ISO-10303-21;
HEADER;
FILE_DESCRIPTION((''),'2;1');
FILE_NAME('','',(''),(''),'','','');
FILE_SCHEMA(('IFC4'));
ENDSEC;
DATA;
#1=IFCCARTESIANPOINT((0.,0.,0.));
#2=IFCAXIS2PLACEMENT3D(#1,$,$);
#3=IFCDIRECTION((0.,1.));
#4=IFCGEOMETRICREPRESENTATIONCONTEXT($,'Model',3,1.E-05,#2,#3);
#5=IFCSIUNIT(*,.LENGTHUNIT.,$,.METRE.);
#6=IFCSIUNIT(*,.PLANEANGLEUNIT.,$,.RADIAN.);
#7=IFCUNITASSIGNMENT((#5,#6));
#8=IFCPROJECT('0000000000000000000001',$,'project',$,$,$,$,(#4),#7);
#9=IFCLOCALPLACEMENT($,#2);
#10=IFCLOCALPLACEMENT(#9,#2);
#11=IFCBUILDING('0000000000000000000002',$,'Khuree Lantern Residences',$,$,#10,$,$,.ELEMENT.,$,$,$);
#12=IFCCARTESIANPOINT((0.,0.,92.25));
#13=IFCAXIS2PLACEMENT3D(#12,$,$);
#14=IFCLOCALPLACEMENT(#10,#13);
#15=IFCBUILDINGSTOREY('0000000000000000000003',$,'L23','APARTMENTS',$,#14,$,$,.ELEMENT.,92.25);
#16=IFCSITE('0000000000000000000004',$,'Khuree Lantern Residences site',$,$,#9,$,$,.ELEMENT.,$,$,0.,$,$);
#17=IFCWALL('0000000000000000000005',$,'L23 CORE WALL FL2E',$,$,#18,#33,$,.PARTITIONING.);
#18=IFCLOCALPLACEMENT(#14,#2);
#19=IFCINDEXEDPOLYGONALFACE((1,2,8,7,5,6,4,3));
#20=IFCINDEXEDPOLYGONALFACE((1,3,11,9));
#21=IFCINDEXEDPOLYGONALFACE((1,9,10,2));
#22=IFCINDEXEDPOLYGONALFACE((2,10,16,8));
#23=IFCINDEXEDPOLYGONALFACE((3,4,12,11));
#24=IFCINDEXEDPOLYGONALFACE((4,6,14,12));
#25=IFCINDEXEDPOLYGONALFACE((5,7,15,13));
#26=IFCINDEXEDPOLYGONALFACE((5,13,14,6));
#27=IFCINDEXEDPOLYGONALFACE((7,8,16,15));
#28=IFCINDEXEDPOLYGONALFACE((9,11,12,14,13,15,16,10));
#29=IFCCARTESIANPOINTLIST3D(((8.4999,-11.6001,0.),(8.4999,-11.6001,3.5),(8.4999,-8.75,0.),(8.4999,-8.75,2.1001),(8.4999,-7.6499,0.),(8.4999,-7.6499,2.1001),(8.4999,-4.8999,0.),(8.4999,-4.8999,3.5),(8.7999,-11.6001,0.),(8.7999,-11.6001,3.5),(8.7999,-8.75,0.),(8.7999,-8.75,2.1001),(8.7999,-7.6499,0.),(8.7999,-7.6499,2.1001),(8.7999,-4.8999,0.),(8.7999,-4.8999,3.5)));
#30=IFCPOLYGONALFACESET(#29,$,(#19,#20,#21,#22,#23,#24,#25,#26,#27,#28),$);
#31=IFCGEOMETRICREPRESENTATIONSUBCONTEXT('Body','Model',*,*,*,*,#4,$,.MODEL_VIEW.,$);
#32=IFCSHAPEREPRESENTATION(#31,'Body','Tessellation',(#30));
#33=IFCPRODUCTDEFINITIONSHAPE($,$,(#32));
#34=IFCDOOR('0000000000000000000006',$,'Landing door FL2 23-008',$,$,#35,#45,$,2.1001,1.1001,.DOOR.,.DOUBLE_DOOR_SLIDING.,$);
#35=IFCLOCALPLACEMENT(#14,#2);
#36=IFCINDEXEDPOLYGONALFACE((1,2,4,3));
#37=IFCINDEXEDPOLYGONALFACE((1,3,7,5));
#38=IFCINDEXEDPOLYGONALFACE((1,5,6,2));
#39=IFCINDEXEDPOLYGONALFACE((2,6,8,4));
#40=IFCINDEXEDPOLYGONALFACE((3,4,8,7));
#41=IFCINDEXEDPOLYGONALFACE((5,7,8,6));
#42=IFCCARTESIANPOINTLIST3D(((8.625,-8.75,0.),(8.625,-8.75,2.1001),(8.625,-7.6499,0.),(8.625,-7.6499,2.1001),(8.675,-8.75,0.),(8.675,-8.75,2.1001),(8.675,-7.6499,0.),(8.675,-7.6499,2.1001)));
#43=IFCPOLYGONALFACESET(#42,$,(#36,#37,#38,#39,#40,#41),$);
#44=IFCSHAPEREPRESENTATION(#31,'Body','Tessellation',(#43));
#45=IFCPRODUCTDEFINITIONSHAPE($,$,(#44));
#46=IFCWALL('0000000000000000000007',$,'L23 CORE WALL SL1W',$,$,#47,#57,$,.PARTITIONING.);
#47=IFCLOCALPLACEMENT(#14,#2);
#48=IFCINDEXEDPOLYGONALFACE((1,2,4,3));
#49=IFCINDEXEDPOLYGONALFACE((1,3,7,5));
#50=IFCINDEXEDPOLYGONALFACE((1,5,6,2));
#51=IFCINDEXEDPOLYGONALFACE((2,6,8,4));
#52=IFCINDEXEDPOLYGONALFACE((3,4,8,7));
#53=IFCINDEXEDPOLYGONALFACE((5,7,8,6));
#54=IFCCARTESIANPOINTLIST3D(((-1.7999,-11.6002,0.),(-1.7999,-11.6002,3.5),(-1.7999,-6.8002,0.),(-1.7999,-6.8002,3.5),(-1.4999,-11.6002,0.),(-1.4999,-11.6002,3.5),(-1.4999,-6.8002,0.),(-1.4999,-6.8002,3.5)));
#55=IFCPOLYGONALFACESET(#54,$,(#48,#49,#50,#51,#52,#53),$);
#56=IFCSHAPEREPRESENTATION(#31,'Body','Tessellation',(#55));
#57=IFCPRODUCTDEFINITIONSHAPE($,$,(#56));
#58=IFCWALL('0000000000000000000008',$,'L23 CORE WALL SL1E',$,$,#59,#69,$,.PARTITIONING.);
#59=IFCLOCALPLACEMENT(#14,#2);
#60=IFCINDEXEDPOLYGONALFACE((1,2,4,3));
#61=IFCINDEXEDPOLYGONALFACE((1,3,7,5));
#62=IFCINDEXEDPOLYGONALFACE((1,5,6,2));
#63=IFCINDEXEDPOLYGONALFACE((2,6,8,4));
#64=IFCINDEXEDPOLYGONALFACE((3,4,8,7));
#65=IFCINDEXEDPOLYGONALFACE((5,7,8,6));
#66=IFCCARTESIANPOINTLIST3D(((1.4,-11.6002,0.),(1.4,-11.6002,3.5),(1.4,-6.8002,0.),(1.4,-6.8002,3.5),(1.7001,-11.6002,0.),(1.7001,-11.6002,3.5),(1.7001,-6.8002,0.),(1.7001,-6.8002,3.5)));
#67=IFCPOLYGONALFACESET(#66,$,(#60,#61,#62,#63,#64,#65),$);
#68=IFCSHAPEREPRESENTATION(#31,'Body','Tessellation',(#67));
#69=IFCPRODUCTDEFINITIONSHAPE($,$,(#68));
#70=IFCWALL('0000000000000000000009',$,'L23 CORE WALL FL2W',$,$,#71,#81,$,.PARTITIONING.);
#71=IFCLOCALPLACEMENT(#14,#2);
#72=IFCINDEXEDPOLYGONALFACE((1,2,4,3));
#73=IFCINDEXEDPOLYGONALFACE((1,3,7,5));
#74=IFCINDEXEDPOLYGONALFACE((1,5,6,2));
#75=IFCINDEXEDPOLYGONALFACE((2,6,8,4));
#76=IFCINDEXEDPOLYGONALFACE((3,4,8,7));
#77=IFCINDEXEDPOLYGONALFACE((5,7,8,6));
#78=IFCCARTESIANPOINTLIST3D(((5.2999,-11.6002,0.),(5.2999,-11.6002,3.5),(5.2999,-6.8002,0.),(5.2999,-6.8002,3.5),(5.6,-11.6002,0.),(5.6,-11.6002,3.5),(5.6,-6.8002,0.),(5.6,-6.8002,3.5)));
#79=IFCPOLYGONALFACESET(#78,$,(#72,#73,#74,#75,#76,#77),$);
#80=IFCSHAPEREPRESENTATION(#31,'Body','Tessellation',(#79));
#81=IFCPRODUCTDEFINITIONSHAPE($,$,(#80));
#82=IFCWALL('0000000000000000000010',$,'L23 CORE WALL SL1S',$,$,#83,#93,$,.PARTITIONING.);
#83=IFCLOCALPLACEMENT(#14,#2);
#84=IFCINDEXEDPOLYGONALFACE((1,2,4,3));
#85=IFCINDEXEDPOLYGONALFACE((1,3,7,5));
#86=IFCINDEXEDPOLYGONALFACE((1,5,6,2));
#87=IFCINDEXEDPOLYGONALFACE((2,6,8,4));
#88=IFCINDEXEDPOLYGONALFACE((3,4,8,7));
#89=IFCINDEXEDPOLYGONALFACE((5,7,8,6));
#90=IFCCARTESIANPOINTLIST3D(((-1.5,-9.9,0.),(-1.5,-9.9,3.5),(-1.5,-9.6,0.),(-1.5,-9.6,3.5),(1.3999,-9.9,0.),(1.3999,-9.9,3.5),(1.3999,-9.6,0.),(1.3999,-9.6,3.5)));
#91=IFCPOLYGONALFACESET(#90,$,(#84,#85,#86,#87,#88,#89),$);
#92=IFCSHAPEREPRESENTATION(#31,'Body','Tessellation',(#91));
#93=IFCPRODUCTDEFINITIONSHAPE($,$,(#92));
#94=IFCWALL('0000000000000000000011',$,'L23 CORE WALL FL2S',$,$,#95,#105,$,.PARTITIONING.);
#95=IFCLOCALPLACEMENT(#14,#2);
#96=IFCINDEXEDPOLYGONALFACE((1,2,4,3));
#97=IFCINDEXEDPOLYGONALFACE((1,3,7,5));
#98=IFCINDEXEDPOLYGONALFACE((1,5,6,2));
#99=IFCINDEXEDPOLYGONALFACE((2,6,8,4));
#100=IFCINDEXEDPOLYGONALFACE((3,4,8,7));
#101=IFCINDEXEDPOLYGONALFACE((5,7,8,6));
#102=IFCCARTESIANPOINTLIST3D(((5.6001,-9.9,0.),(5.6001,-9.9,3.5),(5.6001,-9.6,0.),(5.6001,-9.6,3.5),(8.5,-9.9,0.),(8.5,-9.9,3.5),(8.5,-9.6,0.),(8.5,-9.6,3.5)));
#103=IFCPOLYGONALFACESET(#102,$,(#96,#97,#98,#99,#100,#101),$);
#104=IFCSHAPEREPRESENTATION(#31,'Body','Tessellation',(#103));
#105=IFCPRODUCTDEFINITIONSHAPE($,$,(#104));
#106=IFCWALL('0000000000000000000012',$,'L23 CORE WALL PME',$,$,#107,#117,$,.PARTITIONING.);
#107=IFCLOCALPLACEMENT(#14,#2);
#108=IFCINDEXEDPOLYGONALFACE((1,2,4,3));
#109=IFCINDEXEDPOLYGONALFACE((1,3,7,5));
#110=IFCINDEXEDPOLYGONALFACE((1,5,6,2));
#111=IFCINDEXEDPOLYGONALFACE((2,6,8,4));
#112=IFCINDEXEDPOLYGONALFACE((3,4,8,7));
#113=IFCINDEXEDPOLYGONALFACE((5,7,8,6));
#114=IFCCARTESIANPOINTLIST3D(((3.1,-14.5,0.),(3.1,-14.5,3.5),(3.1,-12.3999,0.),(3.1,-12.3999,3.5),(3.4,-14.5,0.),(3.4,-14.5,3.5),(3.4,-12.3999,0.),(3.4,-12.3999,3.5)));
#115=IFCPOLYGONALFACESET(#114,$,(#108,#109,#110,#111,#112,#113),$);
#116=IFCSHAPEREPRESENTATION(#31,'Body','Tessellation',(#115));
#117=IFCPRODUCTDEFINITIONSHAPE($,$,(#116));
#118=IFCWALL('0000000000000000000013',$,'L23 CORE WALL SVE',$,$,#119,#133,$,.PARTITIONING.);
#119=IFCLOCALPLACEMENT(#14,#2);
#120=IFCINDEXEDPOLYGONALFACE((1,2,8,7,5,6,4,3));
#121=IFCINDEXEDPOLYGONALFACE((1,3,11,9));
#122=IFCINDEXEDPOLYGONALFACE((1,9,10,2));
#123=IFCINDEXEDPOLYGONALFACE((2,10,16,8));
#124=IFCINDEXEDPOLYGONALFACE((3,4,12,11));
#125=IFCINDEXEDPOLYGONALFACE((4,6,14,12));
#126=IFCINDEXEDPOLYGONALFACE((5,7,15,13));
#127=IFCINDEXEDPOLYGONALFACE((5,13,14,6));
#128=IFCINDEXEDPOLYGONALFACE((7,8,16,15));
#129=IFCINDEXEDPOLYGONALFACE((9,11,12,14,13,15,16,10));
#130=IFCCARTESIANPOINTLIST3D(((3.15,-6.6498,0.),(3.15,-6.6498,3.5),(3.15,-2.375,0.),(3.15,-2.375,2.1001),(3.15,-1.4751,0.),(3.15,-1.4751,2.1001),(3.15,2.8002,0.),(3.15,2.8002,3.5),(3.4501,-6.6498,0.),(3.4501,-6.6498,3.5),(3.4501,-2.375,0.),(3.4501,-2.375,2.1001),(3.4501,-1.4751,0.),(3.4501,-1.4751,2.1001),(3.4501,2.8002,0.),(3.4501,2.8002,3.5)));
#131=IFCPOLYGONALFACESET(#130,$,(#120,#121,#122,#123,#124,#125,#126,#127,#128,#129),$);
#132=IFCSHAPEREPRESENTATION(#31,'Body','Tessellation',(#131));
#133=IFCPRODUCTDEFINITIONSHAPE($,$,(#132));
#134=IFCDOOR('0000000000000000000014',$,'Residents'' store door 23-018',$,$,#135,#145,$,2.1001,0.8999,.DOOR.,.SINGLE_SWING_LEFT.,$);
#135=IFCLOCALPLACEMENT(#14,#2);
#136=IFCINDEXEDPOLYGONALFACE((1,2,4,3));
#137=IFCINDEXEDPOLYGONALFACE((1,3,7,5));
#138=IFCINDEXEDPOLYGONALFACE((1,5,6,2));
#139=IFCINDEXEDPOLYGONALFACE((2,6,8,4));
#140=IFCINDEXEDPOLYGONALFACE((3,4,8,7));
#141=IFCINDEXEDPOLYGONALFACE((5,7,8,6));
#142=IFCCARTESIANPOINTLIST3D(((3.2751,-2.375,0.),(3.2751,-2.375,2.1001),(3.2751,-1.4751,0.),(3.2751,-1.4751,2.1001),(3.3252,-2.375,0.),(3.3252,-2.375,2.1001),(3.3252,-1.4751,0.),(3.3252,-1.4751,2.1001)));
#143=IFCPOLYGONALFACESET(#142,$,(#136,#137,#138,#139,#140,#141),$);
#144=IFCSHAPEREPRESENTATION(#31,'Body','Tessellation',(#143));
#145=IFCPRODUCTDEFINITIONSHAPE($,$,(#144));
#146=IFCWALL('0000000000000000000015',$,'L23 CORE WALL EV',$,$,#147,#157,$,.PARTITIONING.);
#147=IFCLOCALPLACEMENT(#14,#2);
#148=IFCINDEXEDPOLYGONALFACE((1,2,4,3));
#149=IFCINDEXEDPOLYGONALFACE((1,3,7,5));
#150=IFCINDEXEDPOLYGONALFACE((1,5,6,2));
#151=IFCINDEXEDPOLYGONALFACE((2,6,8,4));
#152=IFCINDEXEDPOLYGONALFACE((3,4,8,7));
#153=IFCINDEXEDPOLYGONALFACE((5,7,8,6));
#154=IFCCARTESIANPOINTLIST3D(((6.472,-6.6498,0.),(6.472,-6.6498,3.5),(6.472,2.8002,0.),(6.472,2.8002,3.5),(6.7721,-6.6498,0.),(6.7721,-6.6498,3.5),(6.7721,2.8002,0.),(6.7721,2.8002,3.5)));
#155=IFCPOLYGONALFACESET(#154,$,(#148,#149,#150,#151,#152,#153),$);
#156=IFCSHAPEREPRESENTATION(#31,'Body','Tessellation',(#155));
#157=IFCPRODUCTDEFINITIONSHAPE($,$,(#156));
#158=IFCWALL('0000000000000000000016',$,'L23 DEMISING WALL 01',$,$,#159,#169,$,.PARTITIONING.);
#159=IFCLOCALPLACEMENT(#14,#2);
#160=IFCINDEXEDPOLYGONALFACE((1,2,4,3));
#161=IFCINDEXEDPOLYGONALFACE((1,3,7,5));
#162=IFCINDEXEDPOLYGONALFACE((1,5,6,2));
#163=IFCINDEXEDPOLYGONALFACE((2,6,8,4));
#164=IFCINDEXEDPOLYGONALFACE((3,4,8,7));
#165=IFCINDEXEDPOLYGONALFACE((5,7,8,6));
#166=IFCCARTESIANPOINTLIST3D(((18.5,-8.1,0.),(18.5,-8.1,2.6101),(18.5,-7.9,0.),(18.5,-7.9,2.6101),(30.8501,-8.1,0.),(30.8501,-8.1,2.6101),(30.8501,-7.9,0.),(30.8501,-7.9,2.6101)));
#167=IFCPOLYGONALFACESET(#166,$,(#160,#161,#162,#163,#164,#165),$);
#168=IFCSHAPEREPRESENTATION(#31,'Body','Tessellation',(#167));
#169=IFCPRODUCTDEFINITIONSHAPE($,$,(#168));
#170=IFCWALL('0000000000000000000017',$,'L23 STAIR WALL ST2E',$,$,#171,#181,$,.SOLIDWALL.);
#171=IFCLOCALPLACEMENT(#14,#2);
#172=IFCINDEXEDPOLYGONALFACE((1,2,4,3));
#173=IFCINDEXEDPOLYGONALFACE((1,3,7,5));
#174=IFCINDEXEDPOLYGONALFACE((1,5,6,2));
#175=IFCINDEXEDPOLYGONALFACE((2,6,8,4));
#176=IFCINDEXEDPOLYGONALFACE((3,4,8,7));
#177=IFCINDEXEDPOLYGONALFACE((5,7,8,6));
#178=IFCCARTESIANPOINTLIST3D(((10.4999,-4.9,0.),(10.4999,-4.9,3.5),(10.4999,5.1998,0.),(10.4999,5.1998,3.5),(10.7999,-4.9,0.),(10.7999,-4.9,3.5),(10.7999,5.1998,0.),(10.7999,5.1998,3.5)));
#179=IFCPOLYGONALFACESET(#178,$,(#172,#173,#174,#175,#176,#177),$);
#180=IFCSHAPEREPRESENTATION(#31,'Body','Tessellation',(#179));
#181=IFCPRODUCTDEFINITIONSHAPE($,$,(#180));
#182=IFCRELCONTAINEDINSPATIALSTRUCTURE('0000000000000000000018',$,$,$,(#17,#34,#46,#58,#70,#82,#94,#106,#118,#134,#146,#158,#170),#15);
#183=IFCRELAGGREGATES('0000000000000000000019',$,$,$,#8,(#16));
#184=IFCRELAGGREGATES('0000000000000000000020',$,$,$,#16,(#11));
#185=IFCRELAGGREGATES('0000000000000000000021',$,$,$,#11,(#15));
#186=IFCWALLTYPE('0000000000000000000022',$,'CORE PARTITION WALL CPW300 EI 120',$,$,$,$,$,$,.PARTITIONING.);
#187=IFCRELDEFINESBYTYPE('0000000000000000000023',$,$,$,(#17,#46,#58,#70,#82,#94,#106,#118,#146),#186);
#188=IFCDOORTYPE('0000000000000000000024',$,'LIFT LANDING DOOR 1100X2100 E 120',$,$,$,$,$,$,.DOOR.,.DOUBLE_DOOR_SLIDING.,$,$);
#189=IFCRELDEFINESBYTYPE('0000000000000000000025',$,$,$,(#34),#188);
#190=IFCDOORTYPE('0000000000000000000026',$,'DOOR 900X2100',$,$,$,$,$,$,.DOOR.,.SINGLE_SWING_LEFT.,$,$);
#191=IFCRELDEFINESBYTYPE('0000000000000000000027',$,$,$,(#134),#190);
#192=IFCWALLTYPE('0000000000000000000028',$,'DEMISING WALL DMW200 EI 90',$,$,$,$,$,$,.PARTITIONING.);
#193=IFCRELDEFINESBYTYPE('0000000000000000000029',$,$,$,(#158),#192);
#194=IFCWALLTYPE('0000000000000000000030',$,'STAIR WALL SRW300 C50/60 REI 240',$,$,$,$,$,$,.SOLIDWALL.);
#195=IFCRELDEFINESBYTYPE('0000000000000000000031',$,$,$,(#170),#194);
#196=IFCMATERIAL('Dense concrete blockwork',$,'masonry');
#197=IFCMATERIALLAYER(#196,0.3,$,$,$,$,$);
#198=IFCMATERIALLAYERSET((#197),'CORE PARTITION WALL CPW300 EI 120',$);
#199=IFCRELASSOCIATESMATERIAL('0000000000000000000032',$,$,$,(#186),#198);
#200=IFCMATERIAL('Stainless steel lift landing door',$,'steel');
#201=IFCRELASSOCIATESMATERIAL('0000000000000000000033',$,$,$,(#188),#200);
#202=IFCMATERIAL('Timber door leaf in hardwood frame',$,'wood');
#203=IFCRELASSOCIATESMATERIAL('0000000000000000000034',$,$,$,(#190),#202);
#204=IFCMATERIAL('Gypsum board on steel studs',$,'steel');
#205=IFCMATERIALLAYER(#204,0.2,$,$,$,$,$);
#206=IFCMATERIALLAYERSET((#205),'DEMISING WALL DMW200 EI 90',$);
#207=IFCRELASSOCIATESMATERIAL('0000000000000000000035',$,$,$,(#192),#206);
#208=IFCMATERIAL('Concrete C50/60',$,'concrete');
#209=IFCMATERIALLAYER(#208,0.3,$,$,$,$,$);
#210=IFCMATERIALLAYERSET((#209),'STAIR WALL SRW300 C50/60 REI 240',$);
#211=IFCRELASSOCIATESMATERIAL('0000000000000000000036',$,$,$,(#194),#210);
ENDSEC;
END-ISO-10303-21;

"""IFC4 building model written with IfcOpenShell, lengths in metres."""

from ifc_helpers import new_model, si_unit, direction, frame, frame_2d, origin, place, context, subcontext, project, spatial, rectangle, extrude, material, layer, layer_set, type_object, element, fill, save


model = new_model("IFC4")

# Units and contexts
model_context = context("Model", 3, precision=1e-05, world=origin(), true_north=direction((0.0, 1.0)))
body_context = subcontext(model_context, "Body", "Model", "MODEL_VIEW")
ifc_project = project(units=[si_unit("LENGTHUNIT", "METRE"), si_unit("PLANEANGLEUNIT", "RADIAN")], contexts=[model_context])

# Site, building, storey
site_placement = place(None, origin())
site = spatial("IfcSite", under=ifc_project, at=site_placement, Name="Khuree Lantern Residences site", CompositionType="ELEMENT", RefElevation=0.0)
building_placement = place(site_placement, origin())
building = spatial("IfcBuilding", under=site, at=building_placement, Name="Khuree Lantern Residences", CompositionType="ELEMENT")
storey_placement = place(building_placement, frame((0.0, 0.0, 92.25)))
storey = spatial("IfcBuildingStorey", under=building, at=storey_placement, Name="L23", Description="APARTMENTS", CompositionType="ELEMENT", Elevation=92.25)

# Wall, opening, door
ifc_material_1 = material(Name="Dense concrete blockwork", Category="masonry")
ifc_layer_1 = layer(ifc_material_1, 0.3)
ifc_layer_set_1 = layer_set([ifc_layer_1], Name="CORE PARTITION WALL CPW300 EI 120")
wall_type_1 = type_object("IfcWallType", Name="CORE PARTITION WALL CPW300 EI 120", PredefinedType="PARTITIONING", material=ifc_layer_set_1)
wall_1_placement = place(storey_placement, frame((8.6499, -11.6001, 0.0), z_axis=(0.0, 0.0, 1.0), x_axis=(0.0, 1.0, 0.0)))
wall_1 = element("IfcWall", 1, at=wall_1_placement, inside=storey, type_object=wall_type_1, Name="L23 CORE WALL FL2E", PredefinedType="PARTITIONING", context=body_context, shape_type="SweptSolid", body=[
    extrude(rectangle(XDim=6.7002, YDim=0.3, at=frame_2d((3.3501, 0.0))), origin(), (0.0, 0.0, 1.0), 3.5),
])
opening_1_placement = place(wall_1_placement, frame((2.8501, 0.0, 0.0)))
opening_1 = element("IfcOpeningElement", 2, at=opening_1_placement, cuts=wall_1, PredefinedType="OPENING", context=body_context, shape_type="SweptSolid", body=[
    extrude(rectangle(XDim=1.1001, YDim=2.1001, at=frame_2d((0.55, 1.05))), frame((0.0, 0.1602, 0.0), z_axis=(0.0, -1.0, 0.0), x_axis=(1.0, 0.0, 0.0)), (0.0, 0.0, 1.0), 0.3201),
])
ifc_material_2 = material(Name="Stainless steel lift landing door", Category="steel")
door_type_1 = type_object("IfcDoorType", Name="LIFT LANDING DOOR 1100X2100 E 120", OperationType="DOUBLE_DOOR_SLIDING", PredefinedType="DOOR", material=ifc_material_2)
door_1_placement = place(opening_1_placement, origin())
door_1 = element("IfcDoor", 3, at=door_1_placement, inside=storey, type_object=door_type_1, Name="Landing door FL2 23-008", OperationType="DOUBLE_DOOR_SLIDING", OverallHeight=2.1001, OverallWidth=1.1001, PredefinedType="DOOR", context=body_context, shape_type="SweptSolid", body=[
    extrude(rectangle(XDim=1.1001, YDim=2.1001, at=frame_2d((0.55, 1.05))), frame((0.0, 0.0249, 0.0), z_axis=(0.0, -1.0, 0.0), x_axis=(1.0, 0.0, 0.0)), (0.0, 0.0, 1.0), 0.05),
])
fill(opening_1, door_1)

# Walls
for number, where, z_axis, x_axis, name in (
    (4, (-1.6499, -11.6001, 0.0), (0.0, 0.0, 1.0), (0.0, 1.0, 0.0), "L23 CORE WALL SL1W"),
    (5, (1.55, -11.6001, 0.0), (0.0, 0.0, 1.0), (0.0, 1.0, 0.0), "L23 CORE WALL SL1E"),
    (6, (5.45, -11.6001, 0.0), (0.0, 0.0, 1.0), (0.0, 1.0, 0.0), "L23 CORE WALL FL2W"),
):
    element("IfcWall", number, at=place(storey_placement, frame(where, z_axis=z_axis, x_axis=x_axis)), inside=storey, type_object=wall_type_1, Name=name, PredefinedType="PARTITIONING", context=body_context, shape_type="SweptSolid", body=[
        extrude(rectangle(XDim=4.8, YDim=0.3, at=frame_2d((2.3999, 0.0))), origin(), (0.0, 0.0, 1.0), 3.5),
    ])
for number, where, z_axis, x_axis, name in (
    (7, (-1.5, -9.75, 0.0), (0.0, 0.0, 1.0), (1.0, 0.0, 0.0), "L23 CORE WALL SL1S"),
    (8, (5.6001, -9.75, 0.0), (0.0, 0.0, 1.0), (1.0, 0.0, 0.0), "L23 CORE WALL FL2S"),
):
    element("IfcWall", number, at=place(storey_placement, frame(where, z_axis=z_axis, x_axis=x_axis)), inside=storey, type_object=wall_type_1, Name=name, PredefinedType="PARTITIONING", context=body_context, shape_type="SweptSolid", body=[
        extrude(rectangle(XDim=2.8999, YDim=0.3, at=frame_2d((1.45, 0.0))), origin(), (0.0, 0.0, 1.0), 3.5),
    ])
wall_2_placement = place(storey_placement, frame((3.25, -14.5, 0.0), z_axis=(0.0, 0.0, 1.0), x_axis=(0.0, 1.0, 0.0)))
element("IfcWall", 9, at=wall_2_placement, inside=storey, type_object=wall_type_1, Name="L23 CORE WALL PME", PredefinedType="PARTITIONING", context=body_context, shape_type="SweptSolid", body=[
    extrude(rectangle(XDim=2.1001, YDim=0.3, at=frame_2d((1.05, 0.0))), origin(), (0.0, 0.0, 1.0), 3.5),
])

# Wall, opening, door
wall_3_placement = place(storey_placement, frame((3.3, -6.6499, 0.0), z_axis=(0.0, 0.0, 1.0), x_axis=(0.0, 1.0, 0.0)))
wall_3 = element("IfcWall", 10, at=wall_3_placement, inside=storey, type_object=wall_type_1, Name="L23 CORE WALL SVE", PredefinedType="PARTITIONING", context=body_context, shape_type="SweptSolid", body=[
    extrude(rectangle(XDim=9.45, YDim=0.3, at=frame_2d((4.7251, 0.0))), origin(), (0.0, 0.0, 1.0), 3.5),
])
opening_2_placement = place(wall_3_placement, frame((4.2749, 0.0, 0.0)))
opening_2 = element("IfcOpeningElement", 11, at=opening_2_placement, cuts=wall_3, PredefinedType="OPENING", context=body_context, shape_type="SweptSolid", body=[
    extrude(rectangle(XDim=0.8999, YDim=2.1001, at=frame_2d((0.45, 1.05))), frame((0.0, 0.1602, 0.0), z_axis=(0.0, -1.0, 0.0), x_axis=(1.0, 0.0, 0.0)), (0.0, 0.0, 1.0), 0.3201),
])
ifc_material_3 = material(Name="Timber door leaf in hardwood frame", Category="wood")
door_type_2 = type_object("IfcDoorType", Name="DOOR 900X2100", OperationType="SINGLE_SWING_LEFT", PredefinedType="DOOR", material=ifc_material_3)
door_2_placement = place(opening_2_placement, origin())
door_2 = element("IfcDoor", 12, at=door_2_placement, inside=storey, type_object=door_type_2, Name="Residents' store door 23-018", OperationType="SINGLE_SWING_LEFT", OverallHeight=2.1001, OverallWidth=0.8999, PredefinedType="DOOR", context=body_context, shape_type="SweptSolid", body=[
    extrude(rectangle(XDim=0.8999, YDim=2.1001, at=frame_2d((0.45, 1.05))), frame((0.0, 0.0249, 0.0), z_axis=(0.0, -1.0, 0.0), x_axis=(1.0, 0.0, 0.0)), (0.0, 0.0, 1.0), 0.05),
])
fill(opening_2, door_2)

# Walls
wall_4_placement = place(storey_placement, frame((6.6221, -6.6499, 0.0), z_axis=(0.0, 0.0, 1.0), x_axis=(0.0, 1.0, 0.0)))
element("IfcWall", 13, at=wall_4_placement, inside=storey, type_object=wall_type_1, Name="L23 CORE WALL EV", PredefinedType="PARTITIONING", context=body_context, shape_type="SweptSolid", body=[
    extrude(rectangle(XDim=9.45, YDim=0.3, at=frame_2d((4.7251, 0.0))), origin(), (0.0, 0.0, 1.0), 3.5),
])
ifc_material_4 = material(Name="Gypsum board on steel studs", Category="steel")
ifc_layer_2 = layer(ifc_material_4, 0.2)
ifc_layer_set_2 = layer_set([ifc_layer_2], Name="DEMISING WALL DMW200 EI 90")
wall_type_2 = type_object("IfcWallType", Name="DEMISING WALL DMW200 EI 90", PredefinedType="PARTITIONING", material=ifc_layer_set_2)
wall_5_placement = place(storey_placement, frame((18.5, -8.0, 0.0), z_axis=(0.0, 0.0, 1.0), x_axis=(1.0, 0.0, 0.0)))
element("IfcWall", 14, at=wall_5_placement, inside=storey, type_object=wall_type_2, Name="L23 DEMISING WALL 01", PredefinedType="PARTITIONING", context=body_context, shape_type="SweptSolid", body=[
    extrude(rectangle(XDim=12.3501, YDim=0.2, at=frame_2d((6.175, 0.0))), origin(), (0.0, 0.0, 1.0), 2.6101),
])
ifc_material_5 = material(Name="Concrete C50/60", Category="concrete")
ifc_layer_3 = layer(ifc_material_5, 0.3)
ifc_layer_set_3 = layer_set([ifc_layer_3], Name="STAIR WALL SRW300 C50/60 REI 240")
wall_type_3 = type_object("IfcWallType", Name="STAIR WALL SRW300 C50/60 REI 240", PredefinedType="SOLIDWALL", material=ifc_layer_set_3)
wall_6_placement = place(storey_placement, frame((10.6499, -4.8999, 0.0), z_axis=(0.0, 0.0, 1.0), x_axis=(0.0, 1.0, 0.0)))
element("IfcWall", 15, at=wall_6_placement, inside=storey, type_object=wall_type_3, Name="L23 STAIR WALL ST2E", PredefinedType="SOLIDWALL", context=body_context, shape_type="SweptSolid", body=[
    extrude(rectangle(XDim=10.0999, YDim=0.3, at=frame_2d((5.0498, 0.0))), origin(), (0.0, 0.0, 1.0), 3.5),
])

save(model, "model.ifc")
